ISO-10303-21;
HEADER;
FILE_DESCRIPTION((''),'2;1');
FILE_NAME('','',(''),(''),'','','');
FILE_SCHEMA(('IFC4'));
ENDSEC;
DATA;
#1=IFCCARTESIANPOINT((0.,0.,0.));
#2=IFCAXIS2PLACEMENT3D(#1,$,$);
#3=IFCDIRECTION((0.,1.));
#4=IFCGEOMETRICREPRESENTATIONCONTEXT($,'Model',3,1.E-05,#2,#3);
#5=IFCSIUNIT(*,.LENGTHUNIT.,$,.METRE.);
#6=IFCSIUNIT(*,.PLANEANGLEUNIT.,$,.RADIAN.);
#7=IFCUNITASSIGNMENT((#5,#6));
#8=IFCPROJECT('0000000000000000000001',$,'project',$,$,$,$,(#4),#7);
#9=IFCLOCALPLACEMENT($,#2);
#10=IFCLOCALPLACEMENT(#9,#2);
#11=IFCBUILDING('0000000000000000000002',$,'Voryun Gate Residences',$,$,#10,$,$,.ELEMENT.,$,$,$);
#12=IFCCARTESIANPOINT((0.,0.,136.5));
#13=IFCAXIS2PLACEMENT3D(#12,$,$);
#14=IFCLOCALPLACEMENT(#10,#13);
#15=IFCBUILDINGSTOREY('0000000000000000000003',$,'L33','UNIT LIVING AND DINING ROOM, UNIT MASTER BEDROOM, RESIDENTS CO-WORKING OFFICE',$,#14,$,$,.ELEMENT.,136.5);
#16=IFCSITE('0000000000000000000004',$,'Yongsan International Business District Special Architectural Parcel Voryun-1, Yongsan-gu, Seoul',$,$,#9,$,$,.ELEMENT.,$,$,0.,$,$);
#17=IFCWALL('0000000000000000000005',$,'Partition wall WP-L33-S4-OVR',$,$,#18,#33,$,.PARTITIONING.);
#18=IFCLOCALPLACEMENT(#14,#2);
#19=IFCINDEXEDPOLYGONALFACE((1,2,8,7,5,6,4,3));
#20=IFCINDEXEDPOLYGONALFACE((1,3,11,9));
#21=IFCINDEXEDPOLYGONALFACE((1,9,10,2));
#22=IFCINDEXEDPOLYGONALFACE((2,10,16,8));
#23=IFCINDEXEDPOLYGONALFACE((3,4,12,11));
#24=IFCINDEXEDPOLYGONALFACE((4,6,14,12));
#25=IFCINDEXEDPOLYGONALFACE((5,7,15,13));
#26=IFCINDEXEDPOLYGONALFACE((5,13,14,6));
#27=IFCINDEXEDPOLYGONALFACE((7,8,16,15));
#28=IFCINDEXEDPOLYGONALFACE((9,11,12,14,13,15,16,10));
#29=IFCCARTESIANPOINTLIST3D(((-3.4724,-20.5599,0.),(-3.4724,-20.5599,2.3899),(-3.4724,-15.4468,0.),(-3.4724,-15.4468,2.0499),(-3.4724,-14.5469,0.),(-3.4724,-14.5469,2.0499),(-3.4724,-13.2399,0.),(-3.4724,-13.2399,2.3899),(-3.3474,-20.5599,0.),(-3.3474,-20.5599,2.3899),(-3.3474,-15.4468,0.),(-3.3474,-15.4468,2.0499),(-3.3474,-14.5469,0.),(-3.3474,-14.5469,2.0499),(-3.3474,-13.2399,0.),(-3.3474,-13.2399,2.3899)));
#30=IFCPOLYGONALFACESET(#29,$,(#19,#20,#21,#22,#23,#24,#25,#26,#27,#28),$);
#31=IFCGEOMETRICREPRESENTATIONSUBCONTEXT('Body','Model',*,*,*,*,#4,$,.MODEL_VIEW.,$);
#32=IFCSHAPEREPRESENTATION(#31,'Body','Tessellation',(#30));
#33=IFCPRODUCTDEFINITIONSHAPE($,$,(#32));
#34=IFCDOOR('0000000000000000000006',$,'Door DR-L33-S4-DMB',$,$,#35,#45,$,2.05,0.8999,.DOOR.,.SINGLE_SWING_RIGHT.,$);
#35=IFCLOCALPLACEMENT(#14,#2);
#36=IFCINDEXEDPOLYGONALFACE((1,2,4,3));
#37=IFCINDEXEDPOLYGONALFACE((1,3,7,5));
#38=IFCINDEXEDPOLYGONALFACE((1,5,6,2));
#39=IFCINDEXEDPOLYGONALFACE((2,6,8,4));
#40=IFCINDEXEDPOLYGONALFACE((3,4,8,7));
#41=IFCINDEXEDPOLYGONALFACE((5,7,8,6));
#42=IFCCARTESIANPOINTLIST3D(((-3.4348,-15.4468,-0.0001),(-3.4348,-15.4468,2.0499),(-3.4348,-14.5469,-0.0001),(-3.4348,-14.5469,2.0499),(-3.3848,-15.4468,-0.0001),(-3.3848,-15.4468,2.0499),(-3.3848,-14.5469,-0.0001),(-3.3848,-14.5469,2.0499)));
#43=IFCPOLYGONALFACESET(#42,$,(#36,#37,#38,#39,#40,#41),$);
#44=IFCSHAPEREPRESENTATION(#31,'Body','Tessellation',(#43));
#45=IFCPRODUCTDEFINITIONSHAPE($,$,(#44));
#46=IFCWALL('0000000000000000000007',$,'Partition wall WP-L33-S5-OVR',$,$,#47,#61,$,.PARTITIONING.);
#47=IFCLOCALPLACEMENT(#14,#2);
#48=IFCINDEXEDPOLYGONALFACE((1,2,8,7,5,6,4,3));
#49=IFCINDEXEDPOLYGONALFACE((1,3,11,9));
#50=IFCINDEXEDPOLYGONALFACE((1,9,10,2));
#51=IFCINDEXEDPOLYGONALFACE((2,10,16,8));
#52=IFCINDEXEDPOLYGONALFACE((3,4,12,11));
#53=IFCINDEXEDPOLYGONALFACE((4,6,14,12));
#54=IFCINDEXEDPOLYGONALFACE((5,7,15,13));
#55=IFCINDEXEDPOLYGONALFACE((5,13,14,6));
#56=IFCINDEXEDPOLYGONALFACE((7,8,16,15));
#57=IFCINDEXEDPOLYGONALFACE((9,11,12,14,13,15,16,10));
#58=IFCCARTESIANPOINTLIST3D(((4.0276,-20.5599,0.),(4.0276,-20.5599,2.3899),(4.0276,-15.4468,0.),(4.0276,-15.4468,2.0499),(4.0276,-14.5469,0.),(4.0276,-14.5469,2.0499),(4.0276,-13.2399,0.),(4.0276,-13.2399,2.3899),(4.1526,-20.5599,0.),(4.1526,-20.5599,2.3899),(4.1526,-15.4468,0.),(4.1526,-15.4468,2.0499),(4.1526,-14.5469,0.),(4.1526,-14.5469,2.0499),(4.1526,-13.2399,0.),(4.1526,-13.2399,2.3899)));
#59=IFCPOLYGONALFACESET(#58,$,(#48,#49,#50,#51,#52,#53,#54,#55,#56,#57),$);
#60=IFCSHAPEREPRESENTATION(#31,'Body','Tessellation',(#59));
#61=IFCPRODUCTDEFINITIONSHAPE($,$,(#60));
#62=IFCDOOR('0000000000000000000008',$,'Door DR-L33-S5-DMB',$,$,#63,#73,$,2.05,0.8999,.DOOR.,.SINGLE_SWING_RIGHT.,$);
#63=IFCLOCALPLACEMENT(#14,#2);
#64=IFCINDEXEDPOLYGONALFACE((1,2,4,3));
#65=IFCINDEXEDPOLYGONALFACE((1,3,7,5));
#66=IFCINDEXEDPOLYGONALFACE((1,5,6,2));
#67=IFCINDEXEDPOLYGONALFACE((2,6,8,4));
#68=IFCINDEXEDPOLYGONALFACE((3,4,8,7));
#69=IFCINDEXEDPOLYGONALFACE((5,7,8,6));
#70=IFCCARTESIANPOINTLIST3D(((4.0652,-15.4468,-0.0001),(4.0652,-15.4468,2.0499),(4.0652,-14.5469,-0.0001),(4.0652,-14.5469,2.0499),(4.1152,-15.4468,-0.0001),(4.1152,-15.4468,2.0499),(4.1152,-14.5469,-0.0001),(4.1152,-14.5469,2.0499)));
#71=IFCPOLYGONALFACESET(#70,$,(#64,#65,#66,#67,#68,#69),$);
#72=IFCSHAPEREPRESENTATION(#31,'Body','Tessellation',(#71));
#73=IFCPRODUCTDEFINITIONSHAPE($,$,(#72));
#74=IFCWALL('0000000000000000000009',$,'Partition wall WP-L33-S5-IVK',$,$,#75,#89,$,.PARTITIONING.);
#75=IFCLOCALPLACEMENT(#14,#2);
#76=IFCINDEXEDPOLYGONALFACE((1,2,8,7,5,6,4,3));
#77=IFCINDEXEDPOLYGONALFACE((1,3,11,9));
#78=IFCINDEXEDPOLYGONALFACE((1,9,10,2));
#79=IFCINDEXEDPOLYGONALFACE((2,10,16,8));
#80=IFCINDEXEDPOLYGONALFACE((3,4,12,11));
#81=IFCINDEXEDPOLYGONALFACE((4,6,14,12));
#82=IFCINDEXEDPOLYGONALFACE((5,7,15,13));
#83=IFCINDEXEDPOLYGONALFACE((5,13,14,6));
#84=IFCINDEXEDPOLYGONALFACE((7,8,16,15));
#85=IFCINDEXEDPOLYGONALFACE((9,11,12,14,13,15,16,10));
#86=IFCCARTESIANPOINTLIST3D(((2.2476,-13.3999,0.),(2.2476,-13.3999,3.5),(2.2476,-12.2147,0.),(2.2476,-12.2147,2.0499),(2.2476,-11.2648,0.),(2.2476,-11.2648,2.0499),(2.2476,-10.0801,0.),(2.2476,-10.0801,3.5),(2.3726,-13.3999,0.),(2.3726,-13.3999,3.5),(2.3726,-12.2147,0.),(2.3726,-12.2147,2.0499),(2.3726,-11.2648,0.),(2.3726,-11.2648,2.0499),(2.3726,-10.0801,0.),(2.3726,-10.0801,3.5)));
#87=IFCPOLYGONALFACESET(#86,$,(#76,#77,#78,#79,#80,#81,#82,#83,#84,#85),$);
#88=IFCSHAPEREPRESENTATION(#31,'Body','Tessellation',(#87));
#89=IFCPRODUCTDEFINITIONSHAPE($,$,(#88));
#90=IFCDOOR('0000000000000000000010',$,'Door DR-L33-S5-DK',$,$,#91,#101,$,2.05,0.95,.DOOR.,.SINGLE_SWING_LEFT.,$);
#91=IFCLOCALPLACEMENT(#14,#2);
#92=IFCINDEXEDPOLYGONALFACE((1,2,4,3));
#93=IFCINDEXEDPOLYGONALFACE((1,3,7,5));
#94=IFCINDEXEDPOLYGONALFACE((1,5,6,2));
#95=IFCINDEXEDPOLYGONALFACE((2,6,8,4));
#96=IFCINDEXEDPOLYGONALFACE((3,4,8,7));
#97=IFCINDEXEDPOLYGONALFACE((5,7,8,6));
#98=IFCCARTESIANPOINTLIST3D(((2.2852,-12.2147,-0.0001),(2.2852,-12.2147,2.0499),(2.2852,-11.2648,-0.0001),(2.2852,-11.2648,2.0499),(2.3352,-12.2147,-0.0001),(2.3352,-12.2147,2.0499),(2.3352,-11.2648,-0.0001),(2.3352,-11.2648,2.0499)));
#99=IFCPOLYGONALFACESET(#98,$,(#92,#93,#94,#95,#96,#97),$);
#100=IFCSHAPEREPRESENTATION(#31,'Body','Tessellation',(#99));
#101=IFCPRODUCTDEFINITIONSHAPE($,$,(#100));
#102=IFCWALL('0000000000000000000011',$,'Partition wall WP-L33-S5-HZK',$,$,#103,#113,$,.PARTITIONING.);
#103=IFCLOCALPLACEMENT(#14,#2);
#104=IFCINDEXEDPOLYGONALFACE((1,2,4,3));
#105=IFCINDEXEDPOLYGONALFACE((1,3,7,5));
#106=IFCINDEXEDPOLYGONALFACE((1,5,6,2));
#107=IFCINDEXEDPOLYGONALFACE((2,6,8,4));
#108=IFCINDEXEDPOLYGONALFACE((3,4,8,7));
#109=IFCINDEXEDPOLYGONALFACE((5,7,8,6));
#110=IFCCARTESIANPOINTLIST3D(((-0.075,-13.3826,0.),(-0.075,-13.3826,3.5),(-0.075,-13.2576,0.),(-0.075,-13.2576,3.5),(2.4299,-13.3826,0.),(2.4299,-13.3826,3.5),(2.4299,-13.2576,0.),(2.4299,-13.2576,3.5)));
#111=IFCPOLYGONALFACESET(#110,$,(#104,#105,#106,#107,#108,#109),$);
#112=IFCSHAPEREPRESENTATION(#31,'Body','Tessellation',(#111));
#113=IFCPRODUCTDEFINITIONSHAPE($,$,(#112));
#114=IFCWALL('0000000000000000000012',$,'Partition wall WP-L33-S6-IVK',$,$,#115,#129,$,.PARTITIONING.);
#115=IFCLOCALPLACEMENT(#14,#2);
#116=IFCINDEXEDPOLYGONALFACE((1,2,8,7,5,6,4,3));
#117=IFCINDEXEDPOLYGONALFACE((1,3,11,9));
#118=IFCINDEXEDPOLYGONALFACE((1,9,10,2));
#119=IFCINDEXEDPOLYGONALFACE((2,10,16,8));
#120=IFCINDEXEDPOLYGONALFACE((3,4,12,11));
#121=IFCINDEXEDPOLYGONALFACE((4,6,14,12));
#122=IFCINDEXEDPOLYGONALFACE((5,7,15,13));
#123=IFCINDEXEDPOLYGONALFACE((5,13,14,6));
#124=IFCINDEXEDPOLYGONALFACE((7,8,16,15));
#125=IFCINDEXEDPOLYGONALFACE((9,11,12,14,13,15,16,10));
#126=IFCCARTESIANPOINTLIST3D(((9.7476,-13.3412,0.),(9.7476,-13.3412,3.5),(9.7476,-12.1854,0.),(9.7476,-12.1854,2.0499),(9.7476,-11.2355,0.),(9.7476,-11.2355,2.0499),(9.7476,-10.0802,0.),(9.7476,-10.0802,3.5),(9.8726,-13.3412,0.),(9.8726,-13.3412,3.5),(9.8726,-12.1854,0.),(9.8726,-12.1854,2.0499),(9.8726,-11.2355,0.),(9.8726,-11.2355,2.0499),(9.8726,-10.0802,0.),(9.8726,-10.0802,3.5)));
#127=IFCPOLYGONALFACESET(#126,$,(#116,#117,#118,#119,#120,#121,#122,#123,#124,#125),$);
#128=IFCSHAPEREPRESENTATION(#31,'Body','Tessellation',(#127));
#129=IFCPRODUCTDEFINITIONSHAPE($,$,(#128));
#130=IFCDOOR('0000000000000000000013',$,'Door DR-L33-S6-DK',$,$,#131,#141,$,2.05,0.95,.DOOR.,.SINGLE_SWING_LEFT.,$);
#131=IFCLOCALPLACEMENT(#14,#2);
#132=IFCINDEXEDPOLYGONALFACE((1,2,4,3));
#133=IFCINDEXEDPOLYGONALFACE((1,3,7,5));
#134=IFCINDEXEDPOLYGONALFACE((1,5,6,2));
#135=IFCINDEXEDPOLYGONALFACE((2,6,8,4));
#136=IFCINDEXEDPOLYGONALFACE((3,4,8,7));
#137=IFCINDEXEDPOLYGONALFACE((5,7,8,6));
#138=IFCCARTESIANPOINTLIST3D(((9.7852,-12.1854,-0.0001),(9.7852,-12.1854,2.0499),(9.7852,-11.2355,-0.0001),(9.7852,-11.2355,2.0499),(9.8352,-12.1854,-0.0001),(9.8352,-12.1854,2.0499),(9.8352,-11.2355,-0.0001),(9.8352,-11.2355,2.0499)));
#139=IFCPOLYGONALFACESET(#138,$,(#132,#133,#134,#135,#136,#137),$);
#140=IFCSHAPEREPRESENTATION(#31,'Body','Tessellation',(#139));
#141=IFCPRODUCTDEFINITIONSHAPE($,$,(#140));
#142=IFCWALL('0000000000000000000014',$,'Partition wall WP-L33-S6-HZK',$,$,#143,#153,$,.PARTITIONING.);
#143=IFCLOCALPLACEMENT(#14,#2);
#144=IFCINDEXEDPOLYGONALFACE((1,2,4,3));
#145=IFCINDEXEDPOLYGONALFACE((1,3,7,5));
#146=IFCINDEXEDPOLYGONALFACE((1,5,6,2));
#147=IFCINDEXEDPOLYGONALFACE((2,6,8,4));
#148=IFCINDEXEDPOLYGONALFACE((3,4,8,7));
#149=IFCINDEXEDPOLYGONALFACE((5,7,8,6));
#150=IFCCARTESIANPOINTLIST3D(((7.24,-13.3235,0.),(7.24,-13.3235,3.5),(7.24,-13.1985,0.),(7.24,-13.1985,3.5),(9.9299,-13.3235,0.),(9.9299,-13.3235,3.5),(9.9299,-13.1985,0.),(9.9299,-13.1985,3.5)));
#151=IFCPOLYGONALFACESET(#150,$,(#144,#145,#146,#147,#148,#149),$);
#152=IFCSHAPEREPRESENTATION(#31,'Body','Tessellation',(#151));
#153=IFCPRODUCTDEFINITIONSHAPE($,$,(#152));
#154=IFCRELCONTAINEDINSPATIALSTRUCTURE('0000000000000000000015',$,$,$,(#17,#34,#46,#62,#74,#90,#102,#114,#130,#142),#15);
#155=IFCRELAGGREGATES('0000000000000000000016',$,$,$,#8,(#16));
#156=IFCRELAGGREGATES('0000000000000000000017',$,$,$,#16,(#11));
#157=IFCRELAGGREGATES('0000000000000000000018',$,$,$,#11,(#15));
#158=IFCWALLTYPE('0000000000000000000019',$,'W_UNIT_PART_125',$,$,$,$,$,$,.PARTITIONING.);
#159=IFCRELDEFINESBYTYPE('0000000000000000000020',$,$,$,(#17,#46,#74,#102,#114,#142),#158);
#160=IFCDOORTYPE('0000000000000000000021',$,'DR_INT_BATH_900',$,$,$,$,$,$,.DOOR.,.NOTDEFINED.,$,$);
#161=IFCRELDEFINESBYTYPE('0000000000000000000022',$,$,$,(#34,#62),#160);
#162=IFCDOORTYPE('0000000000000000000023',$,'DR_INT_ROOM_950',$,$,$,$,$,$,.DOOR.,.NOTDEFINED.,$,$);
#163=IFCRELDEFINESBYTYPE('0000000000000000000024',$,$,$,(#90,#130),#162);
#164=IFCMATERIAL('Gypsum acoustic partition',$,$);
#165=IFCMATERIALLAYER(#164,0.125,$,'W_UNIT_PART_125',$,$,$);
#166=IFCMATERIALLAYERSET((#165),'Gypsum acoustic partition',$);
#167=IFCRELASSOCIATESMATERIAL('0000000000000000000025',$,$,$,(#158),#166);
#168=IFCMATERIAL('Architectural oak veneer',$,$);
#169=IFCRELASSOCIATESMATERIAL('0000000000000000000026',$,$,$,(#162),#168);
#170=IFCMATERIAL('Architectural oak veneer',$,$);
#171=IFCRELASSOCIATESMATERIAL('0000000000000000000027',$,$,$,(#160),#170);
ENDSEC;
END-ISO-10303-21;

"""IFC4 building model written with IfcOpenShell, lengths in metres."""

from ifc_helpers import new_model, si_unit, direction, frame, frame_2d, origin, place, context, subcontext, project, spatial, rectangle, extrude, material, layer, layer_set, type_object, element, fill, save


model = new_model("IFC4")

# Units and contexts
model_context = context("Model", 3, precision=1e-05, world=origin(), true_north=direction((0.0, 1.0)))
body_context = subcontext(model_context, "Body", "Model", "MODEL_VIEW")
ifc_project = project(units=[si_unit("LENGTHUNIT", "METRE"), si_unit("PLANEANGLEUNIT", "RADIAN")], contexts=[model_context])

# Site, building, storey
site_placement = place(None, origin())
site = spatial("IfcSite", under=ifc_project, at=site_placement, Name="Yongsan International Business District Special Architectural Parcel Voryun-1, Yongsan-gu, Seoul", CompositionType="ELEMENT", RefElevation=0.0)
building_placement = place(site_placement, origin())
building = spatial("IfcBuilding", under=site, at=building_placement, Name="Voryun Gate Residences", CompositionType="ELEMENT")
storey_placement = place(building_placement, frame((0.0, 0.0, 136.5)))
storey = spatial("IfcBuildingStorey", under=building, at=storey_placement, Name="L33", Description="UNIT LIVING AND DINING ROOM, UNIT MASTER BEDROOM, RESIDENTS CO-WORKING OFFICE", CompositionType="ELEMENT", Elevation=136.5)

# Walls, openings, doors
ifc_material_1 = material(Name="Gypsum acoustic partition")
ifc_layer_1 = layer(ifc_material_1, 0.125, Name="W_UNIT_PART_125")
ifc_layer_set_1 = layer_set([ifc_layer_1], Name="Gypsum acoustic partition")
wall_type_1 = type_object("IfcWallType", Name="W_UNIT_PART_125", PredefinedType="PARTITIONING", material=ifc_layer_set_1)
ifc_material_2 = material(Name="Architectural oak veneer")
door_type_1 = type_object("IfcDoorType", Name="DR_INT_ROOM_950", OperationType="NOTDEFINED", PredefinedType="DOOR", material=ifc_material_2)
wall_1_placement = place(storey_placement, frame((-3.4099, -20.5601, 0.0), z_axis=(0.0, 0.0, 1.0), x_axis=(0.0, 1.0, 0.0)))
wall_1 = element("IfcWall", 1, at=wall_1_placement, inside=storey, type_object=wall_type_1, Name="Partition wall WP-L33-S4-OVR", PredefinedType="PARTITIONING", context=body_context, shape_type="SweptSolid", body=[
    extrude(rectangle(XDim=7.3201, YDim=0.125, at=frame_2d((3.6602, 0.0))), origin(), (0.0, 0.0, 1.0), 2.3899),
])
opening_1_placement = place(wall_1_placement, frame((5.1133, 0.0, 0.0)))
opening_1 = element("IfcOpeningElement", 2, at=opening_1_placement, cuts=wall_1, PredefinedType="OPENING", context=body_context, shape_type="SweptSolid", body=[
    extrude(rectangle(XDim=0.8999, YDim=2.05, at=frame_2d((0.45, 1.0249))), frame((0.0, 0.0725, 0.0), z_axis=(0.0, -1.0, 0.0), x_axis=(1.0, 0.0, 0.0)), (0.0, 0.0, 1.0), 0.145),
])
ifc_material_3 = material(Name="Architectural oak veneer")
door_type_2 = type_object("IfcDoorType", Name="DR_INT_BATH_900", OperationType="NOTDEFINED", PredefinedType="DOOR", material=ifc_material_3)
door_1_placement = place(opening_1_placement, origin())
door_1 = element("IfcDoor", 3, at=door_1_placement, inside=storey, type_object=door_type_2, Name="Door DR-L33-S4-DMB", OperationType="SINGLE_SWING_RIGHT", OverallHeight=2.05, OverallWidth=0.8999, PredefinedType="DOOR", context=body_context, shape_type="SweptSolid", body=[
    extrude(rectangle(XDim=0.8999, YDim=2.05, at=frame_2d((0.45, 1.0249))), frame((0.0, 0.0249, 0.0), z_axis=(0.0, -1.0, 0.0), x_axis=(1.0, 0.0, 0.0)), (0.0, 0.0, 1.0), 0.05),
])
fill(opening_1, door_1)
wall_2_placement = place(storey_placement, frame((4.0901, -20.5601, 0.0), z_axis=(0.0, 0.0, 1.0), x_axis=(0.0, 1.0, 0.0)))
wall_2 = element("IfcWall", 4, at=wall_2_placement, inside=storey, type_object=wall_type_1, Name="Partition wall WP-L33-S5-OVR", PredefinedType="PARTITIONING", context=body_context, shape_type="SweptSolid", body=[
    extrude(rectangle(XDim=7.3201, YDim=0.125, at=frame_2d((3.6602, 0.0))), origin(), (0.0, 0.0, 1.0), 2.3899),
])
opening_2_placement = place(wall_2_placement, frame((5.1133, 0.0, 0.0)))
opening_2 = element("IfcOpeningElement", 5, at=opening_2_placement, cuts=wall_2, PredefinedType="OPENING", context=body_context, shape_type="SweptSolid", body=[
    extrude(rectangle(XDim=0.8999, YDim=2.05, at=frame_2d((0.45, 1.0249))), frame((0.0, 0.0725, 0.0), z_axis=(0.0, -1.0, 0.0), x_axis=(1.0, 0.0, 0.0)), (0.0, 0.0, 1.0), 0.145),
])
door_2_placement = place(opening_2_placement, origin())
door_2 = element("IfcDoor", 6, at=door_2_placement, inside=storey, type_object=door_type_2, Name="Door DR-L33-S5-DMB", OperationType="SINGLE_SWING_RIGHT", OverallHeight=2.05, OverallWidth=0.8999, PredefinedType="DOOR", context=body_context, shape_type="SweptSolid", body=[
    extrude(rectangle(XDim=0.8999, YDim=2.05, at=frame_2d((0.45, 1.0249))), frame((0.0, 0.0249, 0.0), z_axis=(0.0, -1.0, 0.0), x_axis=(1.0, 0.0, 0.0)), (0.0, 0.0, 1.0), 0.05),
])
fill(opening_2, door_2)
wall_3_placement = place(storey_placement, frame((2.3101, -13.3999, 0.0), z_axis=(0.0, 0.0, 1.0), x_axis=(0.0, 1.0, 0.0)))
wall_3 = element("IfcWall", 7, at=wall_3_placement, inside=storey, type_object=wall_type_1, Name="Partition wall WP-L33-S5-IVK", PredefinedType="PARTITIONING", context=body_context, shape_type="SweptSolid", body=[
    extrude(rectangle(XDim=3.3198, YDim=0.125, at=frame_2d((1.6599, 0.0))), origin(), (0.0, 0.0, 1.0), 3.5),
])
opening_3_placement = place(wall_3_placement, frame((1.1851, 0.0, 0.0)))
opening_3 = element("IfcOpeningElement", 8, at=opening_3_placement, cuts=wall_3, PredefinedType="OPENING", context=body_context, shape_type="SweptSolid", body=[
    extrude(rectangle(XDim=0.95, YDim=2.05, at=frame_2d((0.4751, 1.0249))), frame((0.0, 0.0725, 0.0), z_axis=(0.0, -1.0, 0.0), x_axis=(1.0, 0.0, 0.0)), (0.0, 0.0, 1.0), 0.145),
])
door_3_placement = place(opening_3_placement, origin())
door_3 = element("IfcDoor", 9, at=door_3_placement, inside=storey, type_object=door_type_1, Name="Door DR-L33-S5-DK", OperationType="SINGLE_SWING_LEFT", OverallHeight=2.05, OverallWidth=0.95, PredefinedType="DOOR", context=body_context, shape_type="SweptSolid", body=[
    extrude(rectangle(XDim=0.95, YDim=2.05, at=frame_2d((0.4751, 1.0249))), frame((0.0, 0.0249, 0.0), z_axis=(0.0, -1.0, 0.0), x_axis=(1.0, 0.0, 0.0)), (0.0, 0.0, 1.0), 0.05),
])
fill(opening_3, door_3)

# Wall
wall_4_placement = place(storey_placement, frame((-0.075, -13.3201, 0.0), z_axis=(0.0, 0.0, 1.0), x_axis=(1.0, 0.0, 0.0)))
element("IfcWall", 10, at=wall_4_placement, inside=storey, type_object=wall_type_1, Name="Partition wall WP-L33-S5-HZK", PredefinedType="PARTITIONING", context=body_context, shape_type="SweptSolid", body=[
    extrude(rectangle(XDim=2.5049, YDim=0.125, at=frame_2d((1.2524, 0.0))), origin(), (0.0, 0.0, 1.0), 3.5),
])

# Wall, opening, door
wall_5_placement = place(storey_placement, frame((9.8101, -13.3411, 0.0), z_axis=(0.0, 0.0, 1.0), x_axis=(0.0, 1.0, 0.0)))
wall_5 = element("IfcWall", 11, at=wall_5_placement, inside=storey, type_object=wall_type_1, Name="Partition wall WP-L33-S6-IVK", PredefinedType="PARTITIONING", context=body_context, shape_type="SweptSolid", body=[
    extrude(rectangle(XDim=3.261, YDim=0.125, at=frame_2d((1.6304, 0.0))), origin(), (0.0, 0.0, 1.0), 3.5),
])
opening_4_placement = place(wall_5_placement, frame((1.1555, 0.0, 0.0)))
opening_4 = element("IfcOpeningElement", 12, at=opening_4_placement, cuts=wall_5, PredefinedType="OPENING", context=body_context, shape_type="SweptSolid", body=[
    extrude(rectangle(XDim=0.95, YDim=2.05, at=frame_2d((0.4751, 1.0249))), frame((0.0, 0.0725, 0.0), z_axis=(0.0, -1.0, 0.0), x_axis=(1.0, 0.0, 0.0)), (0.0, 0.0, 1.0), 0.145),
])
door_4_placement = place(opening_4_placement, origin())
door_4 = element("IfcDoor", 13, at=door_4_placement, inside=storey, type_object=door_type_1, Name="Door DR-L33-S6-DK", OperationType="SINGLE_SWING_LEFT", OverallHeight=2.05, OverallWidth=0.95, PredefinedType="DOOR", context=body_context, shape_type="SweptSolid", body=[
    extrude(rectangle(XDim=0.95, YDim=2.05, at=frame_2d((0.4751, 1.0249))), frame((0.0, 0.0249, 0.0), z_axis=(0.0, -1.0, 0.0), x_axis=(1.0, 0.0, 0.0)), (0.0, 0.0, 1.0), 0.05),
])
fill(opening_4, door_4)

# Wall
wall_6_placement = place(storey_placement, frame((7.24, -13.261, 0.0), z_axis=(0.0, 0.0, 1.0), x_axis=(1.0, 0.0, 0.0)))
element("IfcWall", 14, at=wall_6_placement, inside=storey, type_object=wall_type_1, Name="Partition wall WP-L33-S6-HZK", PredefinedType="PARTITIONING", context=body_context, shape_type="SweptSolid", body=[
    extrude(rectangle(XDim=2.6899, YDim=0.125, at=frame_2d((1.345, 0.0))), origin(), (0.0, 0.0, 1.0), 3.5),
])

save(model, "model.ifc")
